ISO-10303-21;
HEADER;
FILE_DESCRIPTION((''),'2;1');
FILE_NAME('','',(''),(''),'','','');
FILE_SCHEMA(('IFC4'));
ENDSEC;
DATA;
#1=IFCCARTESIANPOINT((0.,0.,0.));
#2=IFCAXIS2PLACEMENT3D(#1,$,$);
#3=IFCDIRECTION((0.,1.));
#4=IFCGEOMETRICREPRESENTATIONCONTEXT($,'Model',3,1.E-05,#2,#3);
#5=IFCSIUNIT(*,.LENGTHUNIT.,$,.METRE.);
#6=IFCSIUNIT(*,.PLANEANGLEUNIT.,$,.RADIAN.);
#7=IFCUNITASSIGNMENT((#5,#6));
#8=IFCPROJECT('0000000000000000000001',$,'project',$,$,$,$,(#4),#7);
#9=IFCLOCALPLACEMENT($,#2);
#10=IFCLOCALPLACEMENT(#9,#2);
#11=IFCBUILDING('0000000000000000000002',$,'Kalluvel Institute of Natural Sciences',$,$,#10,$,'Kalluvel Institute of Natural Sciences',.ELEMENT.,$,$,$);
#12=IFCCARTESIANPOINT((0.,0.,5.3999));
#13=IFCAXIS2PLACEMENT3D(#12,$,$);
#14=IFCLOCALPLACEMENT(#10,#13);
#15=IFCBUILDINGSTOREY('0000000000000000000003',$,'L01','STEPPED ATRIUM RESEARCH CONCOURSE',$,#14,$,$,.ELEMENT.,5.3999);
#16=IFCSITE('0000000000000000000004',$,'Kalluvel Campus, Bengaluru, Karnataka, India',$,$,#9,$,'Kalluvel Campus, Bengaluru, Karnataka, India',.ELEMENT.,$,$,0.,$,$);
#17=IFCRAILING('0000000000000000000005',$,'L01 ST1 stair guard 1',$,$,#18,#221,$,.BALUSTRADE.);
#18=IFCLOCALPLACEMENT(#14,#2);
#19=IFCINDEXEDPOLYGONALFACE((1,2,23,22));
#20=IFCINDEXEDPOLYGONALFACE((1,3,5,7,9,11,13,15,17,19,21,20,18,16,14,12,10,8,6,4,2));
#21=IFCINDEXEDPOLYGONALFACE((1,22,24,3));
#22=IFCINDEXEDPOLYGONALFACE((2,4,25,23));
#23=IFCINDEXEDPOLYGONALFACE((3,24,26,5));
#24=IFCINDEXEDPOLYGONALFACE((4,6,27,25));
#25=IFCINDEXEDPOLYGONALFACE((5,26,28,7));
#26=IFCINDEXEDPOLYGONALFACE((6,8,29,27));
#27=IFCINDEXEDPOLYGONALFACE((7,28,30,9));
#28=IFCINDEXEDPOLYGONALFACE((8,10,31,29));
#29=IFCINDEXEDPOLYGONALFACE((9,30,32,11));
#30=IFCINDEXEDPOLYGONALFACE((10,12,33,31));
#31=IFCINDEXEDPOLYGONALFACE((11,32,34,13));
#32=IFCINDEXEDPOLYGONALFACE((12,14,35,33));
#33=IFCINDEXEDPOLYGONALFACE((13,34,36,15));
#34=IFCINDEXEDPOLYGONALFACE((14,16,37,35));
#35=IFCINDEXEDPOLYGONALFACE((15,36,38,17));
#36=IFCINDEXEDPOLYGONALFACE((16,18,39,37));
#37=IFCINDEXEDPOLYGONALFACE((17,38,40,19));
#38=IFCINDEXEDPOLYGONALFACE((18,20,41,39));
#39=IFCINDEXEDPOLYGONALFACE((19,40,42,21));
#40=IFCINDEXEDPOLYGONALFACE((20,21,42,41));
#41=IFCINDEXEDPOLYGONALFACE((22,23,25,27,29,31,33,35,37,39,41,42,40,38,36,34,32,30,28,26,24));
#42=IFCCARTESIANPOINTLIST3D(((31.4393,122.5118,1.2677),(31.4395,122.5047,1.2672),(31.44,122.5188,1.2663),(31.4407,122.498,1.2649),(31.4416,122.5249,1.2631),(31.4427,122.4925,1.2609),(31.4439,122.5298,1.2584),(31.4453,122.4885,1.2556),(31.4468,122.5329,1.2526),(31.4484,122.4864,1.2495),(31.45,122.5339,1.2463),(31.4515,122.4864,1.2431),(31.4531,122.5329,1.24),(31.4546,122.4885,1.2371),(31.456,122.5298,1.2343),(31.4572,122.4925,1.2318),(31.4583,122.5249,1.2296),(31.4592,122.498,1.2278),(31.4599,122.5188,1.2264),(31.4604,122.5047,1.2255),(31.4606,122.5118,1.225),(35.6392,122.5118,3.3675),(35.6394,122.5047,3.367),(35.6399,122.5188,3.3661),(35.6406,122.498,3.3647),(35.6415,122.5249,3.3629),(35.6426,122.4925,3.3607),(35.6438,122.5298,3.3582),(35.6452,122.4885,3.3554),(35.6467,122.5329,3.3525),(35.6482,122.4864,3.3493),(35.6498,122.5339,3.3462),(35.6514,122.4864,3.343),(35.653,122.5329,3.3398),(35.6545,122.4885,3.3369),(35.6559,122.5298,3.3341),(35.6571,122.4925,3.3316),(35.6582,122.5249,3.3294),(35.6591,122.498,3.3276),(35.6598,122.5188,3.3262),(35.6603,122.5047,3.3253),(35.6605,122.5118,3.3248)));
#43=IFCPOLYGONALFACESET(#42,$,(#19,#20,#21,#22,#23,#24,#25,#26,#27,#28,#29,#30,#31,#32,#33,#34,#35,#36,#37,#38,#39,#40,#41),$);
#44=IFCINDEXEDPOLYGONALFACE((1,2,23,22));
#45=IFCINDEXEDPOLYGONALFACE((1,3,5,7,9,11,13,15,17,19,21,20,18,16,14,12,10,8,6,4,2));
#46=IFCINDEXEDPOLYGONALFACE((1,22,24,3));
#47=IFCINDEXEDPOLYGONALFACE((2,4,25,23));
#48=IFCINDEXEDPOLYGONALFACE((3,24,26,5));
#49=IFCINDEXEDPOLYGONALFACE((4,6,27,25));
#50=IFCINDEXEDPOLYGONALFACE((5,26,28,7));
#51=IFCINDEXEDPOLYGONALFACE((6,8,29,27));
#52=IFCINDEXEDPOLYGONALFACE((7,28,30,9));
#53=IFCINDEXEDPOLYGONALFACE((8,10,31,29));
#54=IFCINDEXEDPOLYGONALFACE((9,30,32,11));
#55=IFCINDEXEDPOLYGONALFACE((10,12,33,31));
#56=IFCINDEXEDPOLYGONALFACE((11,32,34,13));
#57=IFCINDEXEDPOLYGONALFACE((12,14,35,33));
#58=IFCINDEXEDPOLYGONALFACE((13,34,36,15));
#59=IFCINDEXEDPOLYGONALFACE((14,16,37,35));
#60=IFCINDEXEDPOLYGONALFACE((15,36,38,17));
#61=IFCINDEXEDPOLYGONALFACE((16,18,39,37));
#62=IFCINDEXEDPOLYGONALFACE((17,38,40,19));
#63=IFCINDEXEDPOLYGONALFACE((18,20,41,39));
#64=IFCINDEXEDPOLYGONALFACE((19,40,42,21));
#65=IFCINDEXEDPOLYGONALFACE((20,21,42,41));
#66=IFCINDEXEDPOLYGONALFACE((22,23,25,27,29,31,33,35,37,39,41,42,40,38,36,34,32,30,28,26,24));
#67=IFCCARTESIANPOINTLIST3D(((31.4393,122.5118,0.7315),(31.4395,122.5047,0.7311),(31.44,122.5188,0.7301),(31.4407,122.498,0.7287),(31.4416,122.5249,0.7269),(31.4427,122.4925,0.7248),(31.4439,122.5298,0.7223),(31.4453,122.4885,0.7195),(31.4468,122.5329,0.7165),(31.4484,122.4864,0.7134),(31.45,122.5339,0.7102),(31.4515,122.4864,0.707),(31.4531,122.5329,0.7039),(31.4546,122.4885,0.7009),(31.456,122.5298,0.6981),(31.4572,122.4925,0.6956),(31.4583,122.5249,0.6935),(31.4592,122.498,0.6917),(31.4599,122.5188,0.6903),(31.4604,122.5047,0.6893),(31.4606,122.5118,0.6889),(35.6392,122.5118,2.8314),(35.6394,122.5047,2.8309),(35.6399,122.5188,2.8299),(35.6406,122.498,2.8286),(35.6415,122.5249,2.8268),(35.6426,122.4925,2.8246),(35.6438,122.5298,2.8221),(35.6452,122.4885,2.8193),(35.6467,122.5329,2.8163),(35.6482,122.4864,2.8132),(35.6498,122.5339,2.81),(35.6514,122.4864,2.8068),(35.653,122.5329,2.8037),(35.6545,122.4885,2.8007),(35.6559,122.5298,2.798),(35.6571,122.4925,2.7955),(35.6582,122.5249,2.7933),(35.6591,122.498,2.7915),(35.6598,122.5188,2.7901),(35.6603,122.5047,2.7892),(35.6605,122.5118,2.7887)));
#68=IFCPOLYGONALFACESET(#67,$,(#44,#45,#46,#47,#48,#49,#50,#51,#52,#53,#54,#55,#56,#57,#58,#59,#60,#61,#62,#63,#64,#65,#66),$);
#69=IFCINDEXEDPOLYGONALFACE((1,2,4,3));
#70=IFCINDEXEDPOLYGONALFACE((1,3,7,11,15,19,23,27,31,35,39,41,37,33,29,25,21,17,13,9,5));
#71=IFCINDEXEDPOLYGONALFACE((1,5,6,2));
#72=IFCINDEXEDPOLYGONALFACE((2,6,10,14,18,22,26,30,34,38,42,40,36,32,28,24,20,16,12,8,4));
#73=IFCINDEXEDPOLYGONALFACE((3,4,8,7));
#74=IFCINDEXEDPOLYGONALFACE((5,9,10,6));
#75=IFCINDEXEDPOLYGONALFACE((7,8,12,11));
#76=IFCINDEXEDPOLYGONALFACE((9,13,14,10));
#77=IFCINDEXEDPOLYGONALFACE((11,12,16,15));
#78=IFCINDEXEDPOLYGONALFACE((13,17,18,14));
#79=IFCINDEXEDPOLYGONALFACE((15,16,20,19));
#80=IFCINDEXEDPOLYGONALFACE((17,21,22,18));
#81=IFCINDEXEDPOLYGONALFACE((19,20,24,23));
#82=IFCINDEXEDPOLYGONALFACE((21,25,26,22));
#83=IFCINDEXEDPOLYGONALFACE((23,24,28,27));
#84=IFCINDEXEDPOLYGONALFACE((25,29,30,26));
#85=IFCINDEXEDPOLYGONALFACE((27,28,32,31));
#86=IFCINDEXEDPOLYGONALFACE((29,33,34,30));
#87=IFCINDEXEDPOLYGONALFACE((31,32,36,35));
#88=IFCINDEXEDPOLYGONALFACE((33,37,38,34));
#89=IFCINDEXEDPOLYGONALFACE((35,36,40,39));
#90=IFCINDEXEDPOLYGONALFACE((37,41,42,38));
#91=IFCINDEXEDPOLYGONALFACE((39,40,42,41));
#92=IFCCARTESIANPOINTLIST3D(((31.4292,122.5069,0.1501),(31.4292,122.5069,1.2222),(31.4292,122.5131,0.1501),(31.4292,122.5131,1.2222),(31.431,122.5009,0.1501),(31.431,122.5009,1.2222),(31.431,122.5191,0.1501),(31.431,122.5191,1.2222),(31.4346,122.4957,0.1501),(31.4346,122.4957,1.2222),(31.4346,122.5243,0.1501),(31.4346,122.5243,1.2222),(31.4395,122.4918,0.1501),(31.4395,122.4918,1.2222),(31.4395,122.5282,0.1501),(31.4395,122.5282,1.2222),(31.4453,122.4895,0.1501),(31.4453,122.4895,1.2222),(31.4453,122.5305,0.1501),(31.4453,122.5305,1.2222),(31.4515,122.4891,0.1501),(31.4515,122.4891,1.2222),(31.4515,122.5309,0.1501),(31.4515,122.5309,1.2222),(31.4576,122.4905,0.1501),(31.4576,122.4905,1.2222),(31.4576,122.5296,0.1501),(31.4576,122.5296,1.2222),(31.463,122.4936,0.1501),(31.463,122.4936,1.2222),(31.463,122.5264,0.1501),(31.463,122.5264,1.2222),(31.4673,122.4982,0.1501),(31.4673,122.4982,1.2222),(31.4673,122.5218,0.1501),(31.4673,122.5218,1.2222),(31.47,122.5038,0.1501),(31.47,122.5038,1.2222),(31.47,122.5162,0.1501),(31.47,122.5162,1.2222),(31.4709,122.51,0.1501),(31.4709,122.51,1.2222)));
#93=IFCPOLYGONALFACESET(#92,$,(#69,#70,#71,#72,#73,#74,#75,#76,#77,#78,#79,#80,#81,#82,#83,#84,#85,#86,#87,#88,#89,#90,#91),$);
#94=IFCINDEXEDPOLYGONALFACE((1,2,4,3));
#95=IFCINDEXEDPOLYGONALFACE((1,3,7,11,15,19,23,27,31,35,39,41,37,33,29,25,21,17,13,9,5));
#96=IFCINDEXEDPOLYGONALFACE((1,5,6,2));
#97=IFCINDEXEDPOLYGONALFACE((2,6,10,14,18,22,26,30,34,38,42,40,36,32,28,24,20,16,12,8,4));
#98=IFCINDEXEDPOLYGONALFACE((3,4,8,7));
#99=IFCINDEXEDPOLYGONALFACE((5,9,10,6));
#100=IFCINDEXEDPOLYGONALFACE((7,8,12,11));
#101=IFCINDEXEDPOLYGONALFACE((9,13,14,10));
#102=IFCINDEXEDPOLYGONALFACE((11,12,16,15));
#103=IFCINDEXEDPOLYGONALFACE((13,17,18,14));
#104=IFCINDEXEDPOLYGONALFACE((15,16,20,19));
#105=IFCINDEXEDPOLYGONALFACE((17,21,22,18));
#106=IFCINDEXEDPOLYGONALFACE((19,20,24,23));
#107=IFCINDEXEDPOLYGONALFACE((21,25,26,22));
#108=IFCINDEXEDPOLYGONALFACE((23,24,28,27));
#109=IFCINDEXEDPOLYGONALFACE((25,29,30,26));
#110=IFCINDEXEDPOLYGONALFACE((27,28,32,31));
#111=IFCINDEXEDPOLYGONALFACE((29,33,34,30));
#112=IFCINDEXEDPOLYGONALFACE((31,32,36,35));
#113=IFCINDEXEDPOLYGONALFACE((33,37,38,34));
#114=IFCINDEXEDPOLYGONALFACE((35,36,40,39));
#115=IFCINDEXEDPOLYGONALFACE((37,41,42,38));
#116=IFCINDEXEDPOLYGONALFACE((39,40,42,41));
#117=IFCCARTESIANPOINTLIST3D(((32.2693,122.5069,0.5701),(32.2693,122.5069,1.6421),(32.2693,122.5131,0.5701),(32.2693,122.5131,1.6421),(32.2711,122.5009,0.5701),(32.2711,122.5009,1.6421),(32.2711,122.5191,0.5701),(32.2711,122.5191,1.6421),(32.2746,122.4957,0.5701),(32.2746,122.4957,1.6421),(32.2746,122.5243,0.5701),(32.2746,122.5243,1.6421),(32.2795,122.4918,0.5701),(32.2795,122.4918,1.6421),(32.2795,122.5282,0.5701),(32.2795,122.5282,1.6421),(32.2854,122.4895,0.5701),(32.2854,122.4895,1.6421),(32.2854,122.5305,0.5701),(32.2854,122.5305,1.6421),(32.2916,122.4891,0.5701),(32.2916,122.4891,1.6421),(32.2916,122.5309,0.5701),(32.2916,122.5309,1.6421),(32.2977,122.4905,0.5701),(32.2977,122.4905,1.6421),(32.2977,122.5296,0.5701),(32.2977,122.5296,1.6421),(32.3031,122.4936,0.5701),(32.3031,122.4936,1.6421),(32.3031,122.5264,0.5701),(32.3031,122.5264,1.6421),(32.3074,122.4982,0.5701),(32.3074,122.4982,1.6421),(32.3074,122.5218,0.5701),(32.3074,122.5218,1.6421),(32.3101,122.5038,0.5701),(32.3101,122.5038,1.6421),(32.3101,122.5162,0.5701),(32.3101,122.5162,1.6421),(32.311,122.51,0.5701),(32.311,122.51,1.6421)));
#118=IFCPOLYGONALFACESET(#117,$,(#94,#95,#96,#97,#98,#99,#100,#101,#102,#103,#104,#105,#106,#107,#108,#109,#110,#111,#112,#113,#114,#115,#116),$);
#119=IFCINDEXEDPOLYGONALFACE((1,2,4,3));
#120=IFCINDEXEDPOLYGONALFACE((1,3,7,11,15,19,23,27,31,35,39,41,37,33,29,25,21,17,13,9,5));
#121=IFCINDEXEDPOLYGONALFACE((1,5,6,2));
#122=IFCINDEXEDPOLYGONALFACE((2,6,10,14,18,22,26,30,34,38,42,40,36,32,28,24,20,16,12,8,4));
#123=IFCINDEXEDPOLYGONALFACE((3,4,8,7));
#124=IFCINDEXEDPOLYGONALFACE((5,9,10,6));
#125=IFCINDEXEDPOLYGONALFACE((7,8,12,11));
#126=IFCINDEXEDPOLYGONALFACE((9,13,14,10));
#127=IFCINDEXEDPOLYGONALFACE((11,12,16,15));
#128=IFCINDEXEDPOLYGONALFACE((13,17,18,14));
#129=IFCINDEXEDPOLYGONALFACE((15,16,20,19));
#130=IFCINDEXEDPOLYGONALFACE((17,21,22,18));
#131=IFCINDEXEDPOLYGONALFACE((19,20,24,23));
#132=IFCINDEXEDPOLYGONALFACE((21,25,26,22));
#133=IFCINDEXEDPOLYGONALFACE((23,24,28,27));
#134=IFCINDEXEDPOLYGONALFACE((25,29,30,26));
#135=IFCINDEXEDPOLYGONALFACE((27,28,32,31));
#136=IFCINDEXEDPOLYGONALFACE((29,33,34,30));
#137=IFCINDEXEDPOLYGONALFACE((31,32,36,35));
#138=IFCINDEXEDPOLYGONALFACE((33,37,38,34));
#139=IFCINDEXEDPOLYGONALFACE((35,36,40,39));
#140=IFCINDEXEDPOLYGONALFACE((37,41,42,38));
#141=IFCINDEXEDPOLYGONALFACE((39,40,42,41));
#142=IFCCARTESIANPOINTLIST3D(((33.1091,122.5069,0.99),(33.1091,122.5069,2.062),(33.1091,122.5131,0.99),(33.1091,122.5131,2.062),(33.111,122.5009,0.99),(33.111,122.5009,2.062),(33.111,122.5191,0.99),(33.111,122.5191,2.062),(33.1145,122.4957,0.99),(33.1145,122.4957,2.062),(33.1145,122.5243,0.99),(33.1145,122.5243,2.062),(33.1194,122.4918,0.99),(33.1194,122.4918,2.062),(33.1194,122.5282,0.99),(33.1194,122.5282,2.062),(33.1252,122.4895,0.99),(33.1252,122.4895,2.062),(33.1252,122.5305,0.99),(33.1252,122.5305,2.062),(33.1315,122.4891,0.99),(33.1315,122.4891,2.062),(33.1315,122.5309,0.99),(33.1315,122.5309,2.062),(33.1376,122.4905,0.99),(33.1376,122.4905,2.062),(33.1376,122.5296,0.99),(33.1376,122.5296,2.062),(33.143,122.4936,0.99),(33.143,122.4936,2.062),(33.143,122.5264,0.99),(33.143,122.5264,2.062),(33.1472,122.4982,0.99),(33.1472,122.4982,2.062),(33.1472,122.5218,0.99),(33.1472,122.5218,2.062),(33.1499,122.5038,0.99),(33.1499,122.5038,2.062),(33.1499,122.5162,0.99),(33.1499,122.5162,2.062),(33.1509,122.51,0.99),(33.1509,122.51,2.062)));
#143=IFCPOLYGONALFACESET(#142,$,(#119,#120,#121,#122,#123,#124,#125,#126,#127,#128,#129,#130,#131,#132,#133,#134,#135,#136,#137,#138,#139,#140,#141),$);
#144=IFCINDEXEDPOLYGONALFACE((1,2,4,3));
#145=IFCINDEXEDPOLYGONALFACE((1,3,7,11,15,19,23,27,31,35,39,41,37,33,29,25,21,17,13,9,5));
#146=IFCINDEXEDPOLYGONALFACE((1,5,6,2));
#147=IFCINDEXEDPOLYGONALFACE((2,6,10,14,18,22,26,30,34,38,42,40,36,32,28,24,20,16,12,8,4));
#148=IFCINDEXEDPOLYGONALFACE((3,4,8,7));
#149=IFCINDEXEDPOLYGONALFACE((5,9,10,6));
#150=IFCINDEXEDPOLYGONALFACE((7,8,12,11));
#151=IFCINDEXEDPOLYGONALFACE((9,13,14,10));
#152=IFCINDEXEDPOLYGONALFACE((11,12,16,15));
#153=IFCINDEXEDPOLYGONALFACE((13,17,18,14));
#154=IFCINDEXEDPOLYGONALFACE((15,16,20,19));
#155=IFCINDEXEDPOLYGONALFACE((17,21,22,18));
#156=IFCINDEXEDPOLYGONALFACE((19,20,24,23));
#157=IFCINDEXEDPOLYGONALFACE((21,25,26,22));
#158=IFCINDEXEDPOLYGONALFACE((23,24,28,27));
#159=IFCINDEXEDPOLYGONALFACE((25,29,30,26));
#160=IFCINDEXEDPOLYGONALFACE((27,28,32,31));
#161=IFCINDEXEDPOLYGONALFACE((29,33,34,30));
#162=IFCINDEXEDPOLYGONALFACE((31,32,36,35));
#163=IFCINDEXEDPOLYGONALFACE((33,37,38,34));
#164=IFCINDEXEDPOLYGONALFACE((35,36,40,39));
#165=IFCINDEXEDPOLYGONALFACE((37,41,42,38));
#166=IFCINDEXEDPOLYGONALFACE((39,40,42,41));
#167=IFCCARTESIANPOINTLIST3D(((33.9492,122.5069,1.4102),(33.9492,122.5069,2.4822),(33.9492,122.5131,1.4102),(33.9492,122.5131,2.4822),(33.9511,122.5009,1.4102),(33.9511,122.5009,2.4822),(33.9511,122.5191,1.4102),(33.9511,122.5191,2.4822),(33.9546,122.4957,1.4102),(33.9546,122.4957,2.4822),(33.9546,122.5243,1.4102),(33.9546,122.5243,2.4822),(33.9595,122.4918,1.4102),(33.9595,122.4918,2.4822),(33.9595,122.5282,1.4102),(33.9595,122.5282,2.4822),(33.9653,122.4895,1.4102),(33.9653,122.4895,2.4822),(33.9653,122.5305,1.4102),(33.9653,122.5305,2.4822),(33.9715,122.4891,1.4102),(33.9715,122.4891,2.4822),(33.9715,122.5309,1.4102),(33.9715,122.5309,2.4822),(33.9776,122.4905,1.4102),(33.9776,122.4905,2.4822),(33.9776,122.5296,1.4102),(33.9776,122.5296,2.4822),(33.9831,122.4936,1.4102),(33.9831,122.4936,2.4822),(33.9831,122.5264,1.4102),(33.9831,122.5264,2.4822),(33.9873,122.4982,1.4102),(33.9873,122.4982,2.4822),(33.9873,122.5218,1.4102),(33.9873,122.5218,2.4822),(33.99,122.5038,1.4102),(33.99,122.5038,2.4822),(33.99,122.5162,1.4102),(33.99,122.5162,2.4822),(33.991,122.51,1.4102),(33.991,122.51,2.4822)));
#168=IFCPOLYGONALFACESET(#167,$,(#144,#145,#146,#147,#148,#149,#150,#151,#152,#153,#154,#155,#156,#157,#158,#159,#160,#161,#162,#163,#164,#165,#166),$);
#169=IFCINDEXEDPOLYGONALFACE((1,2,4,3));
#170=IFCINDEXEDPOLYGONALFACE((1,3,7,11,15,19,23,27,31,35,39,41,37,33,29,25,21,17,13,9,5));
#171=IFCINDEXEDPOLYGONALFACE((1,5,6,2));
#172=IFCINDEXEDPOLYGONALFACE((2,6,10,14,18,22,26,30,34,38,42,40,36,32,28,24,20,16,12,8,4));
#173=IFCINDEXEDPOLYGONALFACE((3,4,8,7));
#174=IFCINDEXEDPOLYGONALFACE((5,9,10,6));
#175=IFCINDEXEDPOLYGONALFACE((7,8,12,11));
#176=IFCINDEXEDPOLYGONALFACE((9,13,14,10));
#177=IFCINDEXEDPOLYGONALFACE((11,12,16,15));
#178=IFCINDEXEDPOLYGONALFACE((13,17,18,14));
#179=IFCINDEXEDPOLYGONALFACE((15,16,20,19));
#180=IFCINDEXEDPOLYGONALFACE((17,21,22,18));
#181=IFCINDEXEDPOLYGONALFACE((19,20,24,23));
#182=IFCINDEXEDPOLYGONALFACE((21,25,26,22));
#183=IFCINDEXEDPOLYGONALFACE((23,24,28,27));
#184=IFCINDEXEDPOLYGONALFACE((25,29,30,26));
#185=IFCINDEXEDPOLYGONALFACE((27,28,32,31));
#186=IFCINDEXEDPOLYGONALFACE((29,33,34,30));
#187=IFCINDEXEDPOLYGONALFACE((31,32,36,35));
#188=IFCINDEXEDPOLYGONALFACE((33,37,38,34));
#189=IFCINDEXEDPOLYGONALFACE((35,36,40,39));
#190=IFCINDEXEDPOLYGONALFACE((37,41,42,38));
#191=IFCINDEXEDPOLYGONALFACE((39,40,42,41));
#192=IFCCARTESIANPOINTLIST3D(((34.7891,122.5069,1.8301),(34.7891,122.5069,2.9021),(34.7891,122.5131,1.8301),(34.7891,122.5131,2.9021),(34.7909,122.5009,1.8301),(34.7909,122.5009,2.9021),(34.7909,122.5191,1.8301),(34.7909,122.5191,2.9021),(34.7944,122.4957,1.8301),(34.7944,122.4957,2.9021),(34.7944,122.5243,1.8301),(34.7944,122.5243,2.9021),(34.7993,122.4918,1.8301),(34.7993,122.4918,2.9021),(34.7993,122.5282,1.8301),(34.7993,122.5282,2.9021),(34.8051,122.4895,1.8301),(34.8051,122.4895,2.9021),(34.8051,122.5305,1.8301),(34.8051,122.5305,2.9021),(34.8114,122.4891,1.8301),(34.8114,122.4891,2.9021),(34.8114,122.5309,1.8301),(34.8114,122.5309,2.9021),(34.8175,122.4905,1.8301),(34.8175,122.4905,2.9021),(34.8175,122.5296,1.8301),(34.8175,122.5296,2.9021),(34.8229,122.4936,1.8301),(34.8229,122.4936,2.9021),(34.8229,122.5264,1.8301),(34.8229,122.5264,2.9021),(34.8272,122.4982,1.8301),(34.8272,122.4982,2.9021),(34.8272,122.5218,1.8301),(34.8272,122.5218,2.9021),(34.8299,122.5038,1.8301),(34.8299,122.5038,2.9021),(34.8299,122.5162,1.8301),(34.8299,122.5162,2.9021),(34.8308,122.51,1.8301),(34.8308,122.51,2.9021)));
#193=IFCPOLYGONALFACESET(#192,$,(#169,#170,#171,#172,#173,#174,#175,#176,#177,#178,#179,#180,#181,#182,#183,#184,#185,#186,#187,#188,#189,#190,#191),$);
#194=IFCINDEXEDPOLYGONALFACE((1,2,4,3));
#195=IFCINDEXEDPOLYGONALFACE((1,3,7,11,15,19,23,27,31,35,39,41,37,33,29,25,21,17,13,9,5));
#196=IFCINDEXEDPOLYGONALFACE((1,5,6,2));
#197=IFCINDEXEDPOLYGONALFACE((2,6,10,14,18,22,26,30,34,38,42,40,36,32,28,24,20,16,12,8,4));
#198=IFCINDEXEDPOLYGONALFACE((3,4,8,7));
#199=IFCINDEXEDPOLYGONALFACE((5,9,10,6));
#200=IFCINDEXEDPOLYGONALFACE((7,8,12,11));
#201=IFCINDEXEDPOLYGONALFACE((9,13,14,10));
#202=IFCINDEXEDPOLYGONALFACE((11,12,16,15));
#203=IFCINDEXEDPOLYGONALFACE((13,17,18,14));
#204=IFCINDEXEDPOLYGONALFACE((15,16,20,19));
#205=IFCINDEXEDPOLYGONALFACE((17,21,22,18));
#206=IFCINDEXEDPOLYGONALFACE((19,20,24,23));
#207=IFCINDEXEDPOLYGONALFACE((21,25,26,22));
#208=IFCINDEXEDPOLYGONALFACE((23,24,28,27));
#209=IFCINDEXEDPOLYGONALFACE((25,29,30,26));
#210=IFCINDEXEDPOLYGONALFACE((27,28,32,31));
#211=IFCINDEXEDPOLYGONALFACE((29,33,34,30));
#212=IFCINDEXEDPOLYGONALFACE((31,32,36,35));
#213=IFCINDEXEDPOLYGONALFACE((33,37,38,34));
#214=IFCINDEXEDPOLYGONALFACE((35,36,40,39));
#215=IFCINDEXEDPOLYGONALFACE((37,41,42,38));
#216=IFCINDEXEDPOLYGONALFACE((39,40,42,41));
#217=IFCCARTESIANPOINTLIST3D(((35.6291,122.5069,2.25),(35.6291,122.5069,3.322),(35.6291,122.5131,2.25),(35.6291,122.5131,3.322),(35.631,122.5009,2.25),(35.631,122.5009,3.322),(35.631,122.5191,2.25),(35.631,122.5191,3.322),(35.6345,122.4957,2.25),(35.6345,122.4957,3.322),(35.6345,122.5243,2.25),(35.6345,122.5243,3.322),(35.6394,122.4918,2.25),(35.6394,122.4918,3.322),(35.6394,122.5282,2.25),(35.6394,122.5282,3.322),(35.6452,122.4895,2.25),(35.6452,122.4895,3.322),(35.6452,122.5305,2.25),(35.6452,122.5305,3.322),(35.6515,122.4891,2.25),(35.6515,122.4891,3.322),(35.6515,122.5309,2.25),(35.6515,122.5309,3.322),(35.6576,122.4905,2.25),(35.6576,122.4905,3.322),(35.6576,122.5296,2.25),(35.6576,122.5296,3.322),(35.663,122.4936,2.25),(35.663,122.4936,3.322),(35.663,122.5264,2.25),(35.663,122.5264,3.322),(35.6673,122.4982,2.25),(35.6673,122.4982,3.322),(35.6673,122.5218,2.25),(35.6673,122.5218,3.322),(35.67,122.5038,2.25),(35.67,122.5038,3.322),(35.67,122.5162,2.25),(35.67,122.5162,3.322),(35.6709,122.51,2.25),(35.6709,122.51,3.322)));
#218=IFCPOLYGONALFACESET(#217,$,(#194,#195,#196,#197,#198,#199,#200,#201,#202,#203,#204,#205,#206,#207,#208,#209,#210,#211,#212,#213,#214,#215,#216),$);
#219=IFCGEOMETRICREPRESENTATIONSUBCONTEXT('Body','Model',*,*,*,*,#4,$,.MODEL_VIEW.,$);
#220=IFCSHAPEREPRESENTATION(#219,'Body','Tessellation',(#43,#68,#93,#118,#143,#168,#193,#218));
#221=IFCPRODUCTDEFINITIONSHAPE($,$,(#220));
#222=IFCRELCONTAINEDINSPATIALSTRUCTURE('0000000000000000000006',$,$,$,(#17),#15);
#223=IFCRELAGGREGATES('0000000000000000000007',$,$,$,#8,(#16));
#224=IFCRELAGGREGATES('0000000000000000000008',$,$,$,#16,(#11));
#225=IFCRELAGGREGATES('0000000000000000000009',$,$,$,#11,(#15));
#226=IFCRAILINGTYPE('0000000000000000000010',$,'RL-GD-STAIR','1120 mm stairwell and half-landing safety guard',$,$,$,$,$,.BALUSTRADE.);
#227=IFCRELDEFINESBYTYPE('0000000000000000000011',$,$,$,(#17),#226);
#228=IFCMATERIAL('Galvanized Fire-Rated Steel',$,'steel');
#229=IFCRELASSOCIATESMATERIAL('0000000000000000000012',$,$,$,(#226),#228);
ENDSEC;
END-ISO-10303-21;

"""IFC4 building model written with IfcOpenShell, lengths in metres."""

from ifc_helpers import new_model, si_unit, direction, frame, origin, origin_2d, place, context, subcontext, project, spatial, circle, extrude, material, type_object, element, save


model = new_model("IFC4")

# Units and contexts
model_context = context("Model", 3, precision=1e-05, world=origin(), true_north=direction((0.0, 1.0)))
body_context = subcontext(model_context, "Body", "Model", "MODEL_VIEW")
ifc_project = project(units=[si_unit("LENGTHUNIT", "METRE"), si_unit("PLANEANGLEUNIT", "RADIAN")], contexts=[model_context])

# Site, building, storey
site_placement = place(None, origin())
site = spatial("IfcSite", under=ifc_project, at=site_placement, Name="Kalluvel Campus, Bengaluru, Karnataka, India", LongName="Kalluvel Campus, Bengaluru, Karnataka, India", CompositionType="ELEMENT", RefElevation=0.0)
building_placement = place(site_placement, origin())
building = spatial("IfcBuilding", under=site, at=building_placement, Name="Kalluvel Institute of Natural Sciences", LongName="Kalluvel Institute of Natural Sciences", CompositionType="ELEMENT")
storey_placement = place(building_placement, frame((0.0, 0.0, 5.3999)))
storey = spatial("IfcBuildingStorey", under=building, at=storey_placement, Name="L01", Description="STEPPED ATRIUM RESEARCH CONCOURSE", CompositionType="ELEMENT", Elevation=5.3999)

# Shared definitions
ifc_material_1 = material(Name="Galvanized Fire-Rated Steel", Category="steel")

# Railing
railing_type_1 = type_object("IfcRailingType", Name="RL-GD-STAIR", Description="1120 mm stairwell and half-landing safety guard", PredefinedType="BALUSTRADE", material=ifc_material_1)
railing_1_placement = place(storey_placement, frame((31.45, 122.51, 0.1501)))
element("IfcRailing", 1, at=railing_1_placement, inside=storey, type_object=railing_type_1, Name="L01 ST1 stair guard 1", PredefinedType="BALUSTRADE", context=body_context, shape_type="SweptSolid", body=[
    extrude(circle(Radius=0.0239, at=origin_2d()), frame((0.0, 0.0, 1.0962), z_axis=(0.894438, 0.0, 0.447193), x_axis=(0.0, 1.0, 0.0)), (0.0, 0.0, 1.0), 4.6956),
    extrude(circle(Radius=0.0239, at=origin_2d()), frame((0.0, 0.0, 0.5601), z_axis=(0.894438, 0.0, 0.447193), x_axis=(0.0, 1.0, 0.0)), (0.0, 0.0, 1.0), 4.6956),
    extrude(circle(Radius=0.021, at=origin_2d()), origin(), (0.0, 0.0, 1.0), 1.072),
    extrude(circle(Radius=0.021, at=origin_2d()), frame((0.8401, 0.0, 0.4199)), (0.0, 0.0, 1.0), 1.072),
    extrude(circle(Radius=0.021, at=origin_2d()), frame((1.6799, 0.0, 0.8398)), (0.0, 0.0, 1.0), 1.072),
    extrude(circle(Radius=0.021, at=origin_2d()), frame((2.52, 0.0, 1.26)), (0.0, 0.0, 1.0), 1.072),
    extrude(circle(Radius=0.021, at=origin_2d()), frame((3.3599, 0.0, 1.6799)), (0.0, 0.0, 1.0), 1.072),
    extrude(circle(Radius=0.021, at=origin_2d()), frame((4.2, 0.0, 2.0999)), (0.0, 0.0, 1.0), 1.072),
])

save(model, "model.ifc")
